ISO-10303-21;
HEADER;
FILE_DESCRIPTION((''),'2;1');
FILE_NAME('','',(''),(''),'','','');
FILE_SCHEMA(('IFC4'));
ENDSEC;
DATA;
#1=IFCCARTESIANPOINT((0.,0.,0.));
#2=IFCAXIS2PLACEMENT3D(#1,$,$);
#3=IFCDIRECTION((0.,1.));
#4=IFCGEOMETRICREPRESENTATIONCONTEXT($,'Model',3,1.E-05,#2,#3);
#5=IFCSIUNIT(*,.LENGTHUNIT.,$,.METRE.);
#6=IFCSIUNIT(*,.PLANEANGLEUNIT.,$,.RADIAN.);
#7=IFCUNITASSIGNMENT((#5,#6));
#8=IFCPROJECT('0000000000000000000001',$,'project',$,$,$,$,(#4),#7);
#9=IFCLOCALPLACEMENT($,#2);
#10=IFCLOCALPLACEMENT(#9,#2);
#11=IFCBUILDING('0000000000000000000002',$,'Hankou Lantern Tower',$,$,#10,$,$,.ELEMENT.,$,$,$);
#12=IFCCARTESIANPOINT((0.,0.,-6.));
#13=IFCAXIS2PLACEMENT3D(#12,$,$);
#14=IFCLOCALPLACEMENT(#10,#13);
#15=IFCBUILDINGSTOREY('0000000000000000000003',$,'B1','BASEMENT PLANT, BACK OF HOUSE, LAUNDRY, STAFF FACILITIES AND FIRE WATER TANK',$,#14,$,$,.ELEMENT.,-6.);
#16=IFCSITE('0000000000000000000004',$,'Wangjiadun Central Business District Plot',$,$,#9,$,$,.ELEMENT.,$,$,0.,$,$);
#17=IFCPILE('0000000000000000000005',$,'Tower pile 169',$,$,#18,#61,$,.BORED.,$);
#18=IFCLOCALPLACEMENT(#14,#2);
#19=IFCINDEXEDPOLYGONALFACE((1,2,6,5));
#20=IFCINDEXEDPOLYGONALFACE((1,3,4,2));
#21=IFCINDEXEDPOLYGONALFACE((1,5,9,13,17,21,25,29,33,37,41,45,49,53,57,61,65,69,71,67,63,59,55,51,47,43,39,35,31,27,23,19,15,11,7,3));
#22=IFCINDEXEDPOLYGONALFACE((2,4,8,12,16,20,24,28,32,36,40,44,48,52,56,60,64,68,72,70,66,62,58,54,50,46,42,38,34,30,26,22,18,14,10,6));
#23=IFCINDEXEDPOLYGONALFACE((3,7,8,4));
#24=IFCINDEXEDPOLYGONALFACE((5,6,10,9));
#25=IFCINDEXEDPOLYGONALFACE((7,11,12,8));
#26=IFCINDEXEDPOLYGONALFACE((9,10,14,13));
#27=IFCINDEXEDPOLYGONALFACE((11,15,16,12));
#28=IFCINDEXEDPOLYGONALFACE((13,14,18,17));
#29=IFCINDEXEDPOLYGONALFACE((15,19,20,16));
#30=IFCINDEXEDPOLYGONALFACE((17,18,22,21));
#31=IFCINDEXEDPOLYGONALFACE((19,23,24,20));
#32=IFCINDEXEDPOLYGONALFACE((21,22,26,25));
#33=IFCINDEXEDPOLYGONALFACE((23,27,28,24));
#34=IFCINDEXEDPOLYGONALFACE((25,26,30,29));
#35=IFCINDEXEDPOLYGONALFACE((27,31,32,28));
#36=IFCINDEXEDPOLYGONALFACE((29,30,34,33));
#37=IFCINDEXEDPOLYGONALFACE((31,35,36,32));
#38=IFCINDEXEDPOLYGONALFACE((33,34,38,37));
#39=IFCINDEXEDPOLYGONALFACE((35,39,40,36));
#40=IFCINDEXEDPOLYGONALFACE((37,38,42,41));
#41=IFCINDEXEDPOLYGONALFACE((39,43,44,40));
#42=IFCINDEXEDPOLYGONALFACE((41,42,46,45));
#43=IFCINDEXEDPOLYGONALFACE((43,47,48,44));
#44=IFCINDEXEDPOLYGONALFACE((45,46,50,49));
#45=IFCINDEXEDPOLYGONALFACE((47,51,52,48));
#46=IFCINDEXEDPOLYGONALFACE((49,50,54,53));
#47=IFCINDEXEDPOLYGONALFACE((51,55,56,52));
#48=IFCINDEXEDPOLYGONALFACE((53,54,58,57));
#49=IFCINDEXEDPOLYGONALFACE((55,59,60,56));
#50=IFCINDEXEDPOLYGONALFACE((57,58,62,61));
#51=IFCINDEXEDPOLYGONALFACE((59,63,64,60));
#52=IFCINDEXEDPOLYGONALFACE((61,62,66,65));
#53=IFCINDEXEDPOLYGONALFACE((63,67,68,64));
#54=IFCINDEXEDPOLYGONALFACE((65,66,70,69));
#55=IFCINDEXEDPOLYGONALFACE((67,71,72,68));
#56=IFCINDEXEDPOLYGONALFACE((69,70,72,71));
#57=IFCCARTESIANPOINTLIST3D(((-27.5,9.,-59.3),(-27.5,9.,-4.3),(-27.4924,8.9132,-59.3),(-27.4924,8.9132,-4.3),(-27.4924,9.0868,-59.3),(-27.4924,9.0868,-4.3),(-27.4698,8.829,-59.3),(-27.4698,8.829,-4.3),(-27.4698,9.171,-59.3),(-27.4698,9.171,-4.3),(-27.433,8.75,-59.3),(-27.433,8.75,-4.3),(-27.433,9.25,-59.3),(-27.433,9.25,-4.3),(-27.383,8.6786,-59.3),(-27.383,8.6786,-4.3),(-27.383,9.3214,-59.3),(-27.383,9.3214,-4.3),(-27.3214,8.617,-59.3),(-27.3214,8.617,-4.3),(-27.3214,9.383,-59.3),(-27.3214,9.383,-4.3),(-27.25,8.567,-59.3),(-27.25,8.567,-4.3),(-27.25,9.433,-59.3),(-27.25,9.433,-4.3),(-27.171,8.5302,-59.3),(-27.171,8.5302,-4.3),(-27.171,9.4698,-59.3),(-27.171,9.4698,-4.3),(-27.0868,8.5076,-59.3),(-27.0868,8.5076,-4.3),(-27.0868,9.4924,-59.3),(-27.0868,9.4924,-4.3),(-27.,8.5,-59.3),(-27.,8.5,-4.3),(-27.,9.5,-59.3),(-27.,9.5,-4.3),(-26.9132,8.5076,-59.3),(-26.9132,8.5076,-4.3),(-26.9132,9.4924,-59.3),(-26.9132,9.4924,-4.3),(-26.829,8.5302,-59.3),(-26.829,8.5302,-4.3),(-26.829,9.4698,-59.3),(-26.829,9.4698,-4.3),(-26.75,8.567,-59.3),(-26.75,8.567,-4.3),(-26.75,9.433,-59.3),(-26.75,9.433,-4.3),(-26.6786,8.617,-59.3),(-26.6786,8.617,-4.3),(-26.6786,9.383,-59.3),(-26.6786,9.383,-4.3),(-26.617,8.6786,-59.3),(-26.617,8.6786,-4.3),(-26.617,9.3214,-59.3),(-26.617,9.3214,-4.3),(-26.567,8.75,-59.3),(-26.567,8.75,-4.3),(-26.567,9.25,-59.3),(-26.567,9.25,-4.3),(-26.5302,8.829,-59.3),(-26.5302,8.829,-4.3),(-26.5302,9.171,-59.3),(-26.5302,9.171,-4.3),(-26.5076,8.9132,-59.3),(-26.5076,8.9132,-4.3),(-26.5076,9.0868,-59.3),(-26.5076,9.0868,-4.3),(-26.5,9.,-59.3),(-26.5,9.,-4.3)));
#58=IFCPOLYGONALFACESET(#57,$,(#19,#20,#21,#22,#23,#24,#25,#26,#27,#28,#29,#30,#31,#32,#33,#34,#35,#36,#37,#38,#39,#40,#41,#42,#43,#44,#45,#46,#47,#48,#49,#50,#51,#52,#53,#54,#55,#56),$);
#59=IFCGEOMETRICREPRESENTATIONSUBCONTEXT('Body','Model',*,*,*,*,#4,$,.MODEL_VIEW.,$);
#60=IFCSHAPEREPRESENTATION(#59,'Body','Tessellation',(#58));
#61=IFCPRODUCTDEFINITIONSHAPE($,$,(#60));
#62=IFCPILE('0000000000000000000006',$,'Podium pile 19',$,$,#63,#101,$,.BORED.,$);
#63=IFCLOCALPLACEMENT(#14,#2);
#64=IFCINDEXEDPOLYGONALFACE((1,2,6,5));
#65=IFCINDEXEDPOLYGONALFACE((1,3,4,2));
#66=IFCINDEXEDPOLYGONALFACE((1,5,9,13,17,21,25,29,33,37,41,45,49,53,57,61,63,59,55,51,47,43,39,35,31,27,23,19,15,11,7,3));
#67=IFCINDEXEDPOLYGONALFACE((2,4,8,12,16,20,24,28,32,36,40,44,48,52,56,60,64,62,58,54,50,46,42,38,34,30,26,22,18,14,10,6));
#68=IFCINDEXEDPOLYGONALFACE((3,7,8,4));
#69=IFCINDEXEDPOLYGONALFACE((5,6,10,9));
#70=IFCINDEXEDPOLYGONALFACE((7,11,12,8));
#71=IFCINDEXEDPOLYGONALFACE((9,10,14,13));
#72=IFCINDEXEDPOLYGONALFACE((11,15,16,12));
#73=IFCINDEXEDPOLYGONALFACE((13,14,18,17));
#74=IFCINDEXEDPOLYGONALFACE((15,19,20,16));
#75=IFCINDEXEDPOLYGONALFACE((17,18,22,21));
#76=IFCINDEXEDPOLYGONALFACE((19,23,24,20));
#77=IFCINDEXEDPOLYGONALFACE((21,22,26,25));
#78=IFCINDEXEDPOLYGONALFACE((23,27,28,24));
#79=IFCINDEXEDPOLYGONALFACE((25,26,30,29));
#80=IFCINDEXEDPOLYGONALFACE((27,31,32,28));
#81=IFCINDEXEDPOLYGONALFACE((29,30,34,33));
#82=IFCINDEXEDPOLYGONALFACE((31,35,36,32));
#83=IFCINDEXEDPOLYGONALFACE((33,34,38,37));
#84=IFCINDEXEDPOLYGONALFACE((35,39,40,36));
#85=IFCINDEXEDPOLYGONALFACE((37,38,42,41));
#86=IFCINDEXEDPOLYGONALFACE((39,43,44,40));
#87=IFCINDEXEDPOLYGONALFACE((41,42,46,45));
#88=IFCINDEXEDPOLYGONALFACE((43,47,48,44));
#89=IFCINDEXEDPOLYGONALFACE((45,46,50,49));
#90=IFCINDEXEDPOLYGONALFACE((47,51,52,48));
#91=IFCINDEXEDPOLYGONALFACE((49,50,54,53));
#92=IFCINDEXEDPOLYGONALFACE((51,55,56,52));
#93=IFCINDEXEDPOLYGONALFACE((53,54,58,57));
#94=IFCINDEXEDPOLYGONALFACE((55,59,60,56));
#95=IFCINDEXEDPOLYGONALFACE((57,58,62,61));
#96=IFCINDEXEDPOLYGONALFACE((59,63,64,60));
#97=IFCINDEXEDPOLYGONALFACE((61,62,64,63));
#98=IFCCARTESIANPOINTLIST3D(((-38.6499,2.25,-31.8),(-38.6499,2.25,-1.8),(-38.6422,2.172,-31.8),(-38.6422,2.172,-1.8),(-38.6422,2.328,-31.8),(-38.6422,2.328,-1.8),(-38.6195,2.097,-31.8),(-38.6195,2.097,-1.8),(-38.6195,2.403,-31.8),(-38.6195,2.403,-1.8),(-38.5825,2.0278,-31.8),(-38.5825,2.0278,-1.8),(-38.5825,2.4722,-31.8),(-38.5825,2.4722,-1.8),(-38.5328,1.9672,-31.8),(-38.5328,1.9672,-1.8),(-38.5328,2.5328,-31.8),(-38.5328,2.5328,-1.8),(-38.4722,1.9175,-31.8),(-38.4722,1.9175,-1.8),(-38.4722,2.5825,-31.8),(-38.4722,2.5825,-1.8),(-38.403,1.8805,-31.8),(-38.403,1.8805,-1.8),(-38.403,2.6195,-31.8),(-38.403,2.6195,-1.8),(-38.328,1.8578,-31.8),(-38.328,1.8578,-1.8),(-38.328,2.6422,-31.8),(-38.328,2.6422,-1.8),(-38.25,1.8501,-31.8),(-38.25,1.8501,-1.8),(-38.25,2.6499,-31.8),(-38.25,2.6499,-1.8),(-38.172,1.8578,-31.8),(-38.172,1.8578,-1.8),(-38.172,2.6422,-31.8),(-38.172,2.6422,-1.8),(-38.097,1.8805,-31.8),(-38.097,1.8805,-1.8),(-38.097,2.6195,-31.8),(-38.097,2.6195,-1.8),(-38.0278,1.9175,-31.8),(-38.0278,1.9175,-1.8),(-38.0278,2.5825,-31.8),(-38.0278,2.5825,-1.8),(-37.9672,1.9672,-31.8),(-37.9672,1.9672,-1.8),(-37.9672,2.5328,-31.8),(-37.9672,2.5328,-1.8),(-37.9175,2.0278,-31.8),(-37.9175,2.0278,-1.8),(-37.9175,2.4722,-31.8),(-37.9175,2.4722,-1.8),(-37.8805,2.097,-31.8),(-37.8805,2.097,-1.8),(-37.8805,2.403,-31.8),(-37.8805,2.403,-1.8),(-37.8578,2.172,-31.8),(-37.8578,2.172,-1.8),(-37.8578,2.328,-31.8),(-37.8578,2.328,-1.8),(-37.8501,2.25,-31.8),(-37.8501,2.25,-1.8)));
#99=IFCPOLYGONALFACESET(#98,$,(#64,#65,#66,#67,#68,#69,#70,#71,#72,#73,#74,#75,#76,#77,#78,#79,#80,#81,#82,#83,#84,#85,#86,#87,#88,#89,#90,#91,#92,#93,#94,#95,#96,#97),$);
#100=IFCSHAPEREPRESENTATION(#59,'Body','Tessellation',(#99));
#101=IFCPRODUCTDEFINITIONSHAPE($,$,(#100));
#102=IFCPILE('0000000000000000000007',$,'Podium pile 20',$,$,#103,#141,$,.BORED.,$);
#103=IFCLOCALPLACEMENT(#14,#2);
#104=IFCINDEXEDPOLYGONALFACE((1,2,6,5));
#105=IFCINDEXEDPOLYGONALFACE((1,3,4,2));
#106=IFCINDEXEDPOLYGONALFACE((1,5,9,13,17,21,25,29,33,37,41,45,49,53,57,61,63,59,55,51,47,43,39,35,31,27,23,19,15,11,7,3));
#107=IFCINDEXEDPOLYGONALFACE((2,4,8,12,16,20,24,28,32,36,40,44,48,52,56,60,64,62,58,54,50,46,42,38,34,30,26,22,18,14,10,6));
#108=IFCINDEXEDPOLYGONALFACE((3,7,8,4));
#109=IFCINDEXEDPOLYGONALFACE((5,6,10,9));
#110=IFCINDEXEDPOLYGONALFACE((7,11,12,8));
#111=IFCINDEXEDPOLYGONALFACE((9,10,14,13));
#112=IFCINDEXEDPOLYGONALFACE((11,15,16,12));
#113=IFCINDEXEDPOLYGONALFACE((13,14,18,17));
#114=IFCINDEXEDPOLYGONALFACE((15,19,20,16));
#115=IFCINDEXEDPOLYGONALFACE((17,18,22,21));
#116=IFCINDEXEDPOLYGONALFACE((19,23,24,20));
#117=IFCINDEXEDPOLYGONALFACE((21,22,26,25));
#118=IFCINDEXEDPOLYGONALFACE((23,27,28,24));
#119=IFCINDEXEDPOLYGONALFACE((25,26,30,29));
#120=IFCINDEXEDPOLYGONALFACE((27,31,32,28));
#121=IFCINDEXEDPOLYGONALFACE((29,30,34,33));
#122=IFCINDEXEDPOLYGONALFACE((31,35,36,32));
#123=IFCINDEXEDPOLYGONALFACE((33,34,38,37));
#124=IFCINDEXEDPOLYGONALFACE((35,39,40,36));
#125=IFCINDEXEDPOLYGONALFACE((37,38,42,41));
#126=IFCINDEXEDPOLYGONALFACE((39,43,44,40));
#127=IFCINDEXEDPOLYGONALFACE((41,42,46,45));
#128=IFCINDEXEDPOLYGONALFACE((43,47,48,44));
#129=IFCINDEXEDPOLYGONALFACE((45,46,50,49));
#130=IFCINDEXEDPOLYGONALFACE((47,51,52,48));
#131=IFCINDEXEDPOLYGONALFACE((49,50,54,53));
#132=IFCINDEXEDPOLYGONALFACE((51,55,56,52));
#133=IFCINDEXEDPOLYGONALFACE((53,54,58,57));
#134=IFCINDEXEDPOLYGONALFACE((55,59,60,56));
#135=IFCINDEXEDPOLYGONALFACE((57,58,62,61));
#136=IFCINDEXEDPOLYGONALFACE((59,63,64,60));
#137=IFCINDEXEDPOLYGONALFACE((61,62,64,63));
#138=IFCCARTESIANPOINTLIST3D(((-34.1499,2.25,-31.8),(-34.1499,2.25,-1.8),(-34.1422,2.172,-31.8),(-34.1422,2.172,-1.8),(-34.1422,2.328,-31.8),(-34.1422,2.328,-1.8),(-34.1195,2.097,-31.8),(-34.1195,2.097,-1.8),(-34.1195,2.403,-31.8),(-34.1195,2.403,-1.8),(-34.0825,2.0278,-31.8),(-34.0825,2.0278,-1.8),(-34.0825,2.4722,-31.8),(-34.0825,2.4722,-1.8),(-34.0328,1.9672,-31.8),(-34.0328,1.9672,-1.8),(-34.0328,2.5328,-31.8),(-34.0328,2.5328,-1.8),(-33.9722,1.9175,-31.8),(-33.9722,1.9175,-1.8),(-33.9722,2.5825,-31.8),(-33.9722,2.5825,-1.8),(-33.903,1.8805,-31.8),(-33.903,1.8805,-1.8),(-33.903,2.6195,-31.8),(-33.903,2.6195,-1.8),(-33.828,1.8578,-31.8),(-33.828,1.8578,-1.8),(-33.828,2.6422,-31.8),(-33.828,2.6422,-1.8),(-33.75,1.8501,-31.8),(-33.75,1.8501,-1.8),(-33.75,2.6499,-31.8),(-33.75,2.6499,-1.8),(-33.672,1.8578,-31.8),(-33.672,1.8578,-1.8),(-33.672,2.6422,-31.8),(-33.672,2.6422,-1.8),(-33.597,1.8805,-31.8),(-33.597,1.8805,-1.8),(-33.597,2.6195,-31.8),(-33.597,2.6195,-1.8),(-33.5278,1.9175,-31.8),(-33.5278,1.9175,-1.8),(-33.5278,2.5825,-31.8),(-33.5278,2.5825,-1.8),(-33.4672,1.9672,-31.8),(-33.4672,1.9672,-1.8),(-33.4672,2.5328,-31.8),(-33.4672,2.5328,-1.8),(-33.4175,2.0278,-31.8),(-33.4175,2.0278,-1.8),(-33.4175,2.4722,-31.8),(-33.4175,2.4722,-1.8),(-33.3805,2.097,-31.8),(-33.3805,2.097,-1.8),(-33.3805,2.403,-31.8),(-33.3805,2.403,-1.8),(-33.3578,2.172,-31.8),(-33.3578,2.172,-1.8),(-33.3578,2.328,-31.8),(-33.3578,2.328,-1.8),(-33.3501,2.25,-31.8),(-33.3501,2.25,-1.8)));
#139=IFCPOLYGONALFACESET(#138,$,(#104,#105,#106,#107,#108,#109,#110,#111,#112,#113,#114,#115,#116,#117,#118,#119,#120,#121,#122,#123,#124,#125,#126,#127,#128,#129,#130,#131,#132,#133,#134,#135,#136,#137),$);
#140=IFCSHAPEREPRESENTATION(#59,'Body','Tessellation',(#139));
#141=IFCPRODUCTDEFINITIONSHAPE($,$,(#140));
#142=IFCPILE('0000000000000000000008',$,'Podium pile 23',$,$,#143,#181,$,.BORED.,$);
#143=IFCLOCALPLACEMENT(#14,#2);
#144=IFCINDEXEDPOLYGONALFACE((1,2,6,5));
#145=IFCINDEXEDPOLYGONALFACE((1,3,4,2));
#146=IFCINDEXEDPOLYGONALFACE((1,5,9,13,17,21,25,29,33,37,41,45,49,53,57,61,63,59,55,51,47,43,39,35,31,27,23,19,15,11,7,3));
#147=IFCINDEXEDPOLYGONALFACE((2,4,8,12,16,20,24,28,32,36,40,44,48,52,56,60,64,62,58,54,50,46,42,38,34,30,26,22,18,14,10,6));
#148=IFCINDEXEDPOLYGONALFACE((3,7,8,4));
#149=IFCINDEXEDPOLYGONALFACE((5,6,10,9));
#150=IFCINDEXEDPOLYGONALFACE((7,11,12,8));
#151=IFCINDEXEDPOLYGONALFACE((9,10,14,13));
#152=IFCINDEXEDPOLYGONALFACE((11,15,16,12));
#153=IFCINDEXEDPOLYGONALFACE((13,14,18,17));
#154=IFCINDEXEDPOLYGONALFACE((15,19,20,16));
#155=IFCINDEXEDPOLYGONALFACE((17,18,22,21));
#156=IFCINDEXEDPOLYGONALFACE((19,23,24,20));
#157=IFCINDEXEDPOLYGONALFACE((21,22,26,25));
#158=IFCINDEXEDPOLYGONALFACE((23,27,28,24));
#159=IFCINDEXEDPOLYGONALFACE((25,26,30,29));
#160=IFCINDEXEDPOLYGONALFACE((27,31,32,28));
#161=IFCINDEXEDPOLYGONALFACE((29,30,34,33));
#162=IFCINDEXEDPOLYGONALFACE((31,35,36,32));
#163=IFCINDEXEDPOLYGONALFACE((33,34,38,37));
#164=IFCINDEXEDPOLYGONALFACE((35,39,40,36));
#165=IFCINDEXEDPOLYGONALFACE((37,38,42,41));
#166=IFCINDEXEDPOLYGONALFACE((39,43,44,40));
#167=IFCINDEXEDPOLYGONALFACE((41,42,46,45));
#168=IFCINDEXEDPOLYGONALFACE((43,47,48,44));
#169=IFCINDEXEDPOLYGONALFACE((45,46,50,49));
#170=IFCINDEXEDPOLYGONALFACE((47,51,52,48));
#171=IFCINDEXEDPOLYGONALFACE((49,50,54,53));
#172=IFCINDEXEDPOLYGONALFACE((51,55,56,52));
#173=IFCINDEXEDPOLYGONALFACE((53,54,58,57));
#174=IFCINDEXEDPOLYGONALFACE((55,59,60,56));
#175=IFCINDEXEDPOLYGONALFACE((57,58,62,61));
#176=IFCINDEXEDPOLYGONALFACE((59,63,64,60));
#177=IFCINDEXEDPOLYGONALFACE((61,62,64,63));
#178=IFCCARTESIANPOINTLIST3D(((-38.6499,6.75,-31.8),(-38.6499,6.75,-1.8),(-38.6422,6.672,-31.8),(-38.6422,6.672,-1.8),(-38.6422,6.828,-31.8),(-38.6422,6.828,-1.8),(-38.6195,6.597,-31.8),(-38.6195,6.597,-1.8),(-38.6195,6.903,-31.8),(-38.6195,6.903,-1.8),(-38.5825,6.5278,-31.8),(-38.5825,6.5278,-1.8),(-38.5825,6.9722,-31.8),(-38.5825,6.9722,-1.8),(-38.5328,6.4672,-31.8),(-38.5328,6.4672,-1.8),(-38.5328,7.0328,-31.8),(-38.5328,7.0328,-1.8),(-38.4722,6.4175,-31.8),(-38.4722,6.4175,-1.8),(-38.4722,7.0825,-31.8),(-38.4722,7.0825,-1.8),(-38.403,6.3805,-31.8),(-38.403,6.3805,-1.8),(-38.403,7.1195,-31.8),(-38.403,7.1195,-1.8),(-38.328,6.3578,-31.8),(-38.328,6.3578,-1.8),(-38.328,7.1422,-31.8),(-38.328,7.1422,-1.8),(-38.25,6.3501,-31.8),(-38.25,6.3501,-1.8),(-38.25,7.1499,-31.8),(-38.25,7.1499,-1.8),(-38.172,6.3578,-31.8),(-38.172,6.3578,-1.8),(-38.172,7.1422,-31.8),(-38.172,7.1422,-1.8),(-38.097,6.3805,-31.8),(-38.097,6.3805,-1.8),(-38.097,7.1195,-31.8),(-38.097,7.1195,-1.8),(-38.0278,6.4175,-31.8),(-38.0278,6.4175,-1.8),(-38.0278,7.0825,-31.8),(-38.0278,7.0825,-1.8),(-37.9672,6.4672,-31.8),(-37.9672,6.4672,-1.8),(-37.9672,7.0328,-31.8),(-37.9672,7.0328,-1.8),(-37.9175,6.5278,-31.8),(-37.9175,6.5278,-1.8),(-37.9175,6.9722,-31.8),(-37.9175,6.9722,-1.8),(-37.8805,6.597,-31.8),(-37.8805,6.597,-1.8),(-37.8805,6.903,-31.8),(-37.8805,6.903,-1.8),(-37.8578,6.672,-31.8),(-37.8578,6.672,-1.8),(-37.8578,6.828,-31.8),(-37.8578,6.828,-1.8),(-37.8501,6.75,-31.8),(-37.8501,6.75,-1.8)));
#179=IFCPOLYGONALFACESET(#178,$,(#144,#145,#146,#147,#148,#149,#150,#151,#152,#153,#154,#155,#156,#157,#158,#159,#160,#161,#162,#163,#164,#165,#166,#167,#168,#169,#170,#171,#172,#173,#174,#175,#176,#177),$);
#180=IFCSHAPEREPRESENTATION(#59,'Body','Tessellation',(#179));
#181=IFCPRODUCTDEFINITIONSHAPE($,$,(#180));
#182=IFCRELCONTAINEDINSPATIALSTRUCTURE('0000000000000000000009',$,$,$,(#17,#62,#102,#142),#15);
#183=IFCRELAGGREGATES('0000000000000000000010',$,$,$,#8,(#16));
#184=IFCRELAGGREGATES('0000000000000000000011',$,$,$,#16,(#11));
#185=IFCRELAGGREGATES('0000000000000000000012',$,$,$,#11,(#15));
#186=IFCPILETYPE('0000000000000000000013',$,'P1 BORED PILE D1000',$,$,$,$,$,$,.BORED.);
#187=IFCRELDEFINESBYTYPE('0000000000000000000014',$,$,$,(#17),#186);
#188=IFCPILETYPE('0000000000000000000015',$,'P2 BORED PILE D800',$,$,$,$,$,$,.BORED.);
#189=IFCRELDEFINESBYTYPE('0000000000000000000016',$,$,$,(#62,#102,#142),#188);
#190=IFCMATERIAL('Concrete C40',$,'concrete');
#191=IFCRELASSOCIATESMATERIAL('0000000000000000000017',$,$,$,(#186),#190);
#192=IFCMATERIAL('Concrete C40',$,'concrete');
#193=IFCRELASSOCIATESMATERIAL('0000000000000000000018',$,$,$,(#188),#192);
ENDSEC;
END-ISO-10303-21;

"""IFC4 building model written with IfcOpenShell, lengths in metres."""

from ifc_helpers import new_model, si_unit, direction, frame, origin, origin_2d, place, context, subcontext, project, spatial, circle, extrude, material, material_profile, profile_set, type_object, element, save


model = new_model("IFC4")

# Units and contexts
model_context = context("Model", 3, precision=1e-05, world=origin(), true_north=direction((0.0, 1.0)))
body_context = subcontext(model_context, "Body", "Model", "MODEL_VIEW")
ifc_project = project(units=[si_unit("LENGTHUNIT", "METRE"), si_unit("PLANEANGLEUNIT", "RADIAN")], contexts=[model_context])

# Site, building, storey
site_placement = place(None, origin())
site = spatial("IfcSite", under=ifc_project, at=site_placement, Name="Wangjiadun Central Business District Plot", CompositionType="ELEMENT", RefElevation=0.0)
building_placement = place(site_placement, origin())
building = spatial("IfcBuilding", under=site, at=building_placement, Name="Hankou Lantern Tower", CompositionType="ELEMENT")
storey_placement = place(building_placement, frame((0.0, 0.0, -6.0)))
storey = spatial("IfcBuildingStorey", under=building, at=storey_placement, Name="B1", Description="BASEMENT PLANT, BACK OF HOUSE, LAUNDRY, STAFF FACILITIES AND FIRE WATER TANK", CompositionType="ELEMENT", Elevation=-6.0)

# Piles
ifc_material_1 = material(Name="Concrete C40", Category="concrete")
ifc_material_profile_1 = material_profile(ifc_material_1, circle(Radius=0.5, at=origin_2d()), Name="RC D1000")
ifc_profile_set_1 = profile_set([ifc_material_profile_1], Name="Concrete C40")
pile_type_1 = type_object("IfcPileType", Name="P1 BORED PILE D1000", PredefinedType="BORED", material=ifc_profile_set_1)
for number, where, z_axis, x_axis, name in (
    (1, (-27.0, 9.0, -4.3), (0.0, 0.0, -1.0), (1.0, 0.0, 0.0), "Tower pile 169"),
):
    element("IfcPile", number, at=place(storey_placement, frame(where, z_axis=z_axis, x_axis=x_axis)), inside=storey, type_object=pile_type_1, Name=name, PredefinedType="BORED", context=body_context, shape_type="SweptSolid", body=[
        extrude(circle(Radius=0.5, at=origin_2d()), origin(), (0.0, 0.0, 1.0), 55.0),
    ])
ifc_material_2 = material(Name="Concrete C40", Category="concrete")
ifc_material_profile_2 = material_profile(ifc_material_2, circle(Radius=0.3999, at=origin_2d()), Name="RC D800")
ifc_profile_set_2 = profile_set([ifc_material_profile_2], Name="Concrete C40")
pile_type_2 = type_object("IfcPileType", Name="P2 BORED PILE D800", PredefinedType="BORED", material=ifc_profile_set_2)
for number, where, z_axis, x_axis, name in (
    (2, (-38.25, 2.25, -1.8), (0.0, 0.0, -1.0), (1.0, 0.0, 0.0), "Podium pile 19"),
    (3, (-33.75, 2.25, -1.8), (0.0, 0.0, -1.0), (1.0, 0.0, 0.0), "Podium pile 20"),
    (4, (-38.25, 6.75, -1.8), (0.0, 0.0, -1.0), (1.0, 0.0, 0.0), "Podium pile 23"),
):
    element("IfcPile", number, at=place(storey_placement, frame(where, z_axis=z_axis, x_axis=x_axis)), inside=storey, type_object=pile_type_2, Name=name, PredefinedType="BORED", context=body_context, shape_type="SweptSolid", body=[
        extrude(circle(Radius=0.3999, at=origin_2d()), origin(), (0.0, 0.0, 1.0), 30.0),
    ])

save(model, "model.ifc")
